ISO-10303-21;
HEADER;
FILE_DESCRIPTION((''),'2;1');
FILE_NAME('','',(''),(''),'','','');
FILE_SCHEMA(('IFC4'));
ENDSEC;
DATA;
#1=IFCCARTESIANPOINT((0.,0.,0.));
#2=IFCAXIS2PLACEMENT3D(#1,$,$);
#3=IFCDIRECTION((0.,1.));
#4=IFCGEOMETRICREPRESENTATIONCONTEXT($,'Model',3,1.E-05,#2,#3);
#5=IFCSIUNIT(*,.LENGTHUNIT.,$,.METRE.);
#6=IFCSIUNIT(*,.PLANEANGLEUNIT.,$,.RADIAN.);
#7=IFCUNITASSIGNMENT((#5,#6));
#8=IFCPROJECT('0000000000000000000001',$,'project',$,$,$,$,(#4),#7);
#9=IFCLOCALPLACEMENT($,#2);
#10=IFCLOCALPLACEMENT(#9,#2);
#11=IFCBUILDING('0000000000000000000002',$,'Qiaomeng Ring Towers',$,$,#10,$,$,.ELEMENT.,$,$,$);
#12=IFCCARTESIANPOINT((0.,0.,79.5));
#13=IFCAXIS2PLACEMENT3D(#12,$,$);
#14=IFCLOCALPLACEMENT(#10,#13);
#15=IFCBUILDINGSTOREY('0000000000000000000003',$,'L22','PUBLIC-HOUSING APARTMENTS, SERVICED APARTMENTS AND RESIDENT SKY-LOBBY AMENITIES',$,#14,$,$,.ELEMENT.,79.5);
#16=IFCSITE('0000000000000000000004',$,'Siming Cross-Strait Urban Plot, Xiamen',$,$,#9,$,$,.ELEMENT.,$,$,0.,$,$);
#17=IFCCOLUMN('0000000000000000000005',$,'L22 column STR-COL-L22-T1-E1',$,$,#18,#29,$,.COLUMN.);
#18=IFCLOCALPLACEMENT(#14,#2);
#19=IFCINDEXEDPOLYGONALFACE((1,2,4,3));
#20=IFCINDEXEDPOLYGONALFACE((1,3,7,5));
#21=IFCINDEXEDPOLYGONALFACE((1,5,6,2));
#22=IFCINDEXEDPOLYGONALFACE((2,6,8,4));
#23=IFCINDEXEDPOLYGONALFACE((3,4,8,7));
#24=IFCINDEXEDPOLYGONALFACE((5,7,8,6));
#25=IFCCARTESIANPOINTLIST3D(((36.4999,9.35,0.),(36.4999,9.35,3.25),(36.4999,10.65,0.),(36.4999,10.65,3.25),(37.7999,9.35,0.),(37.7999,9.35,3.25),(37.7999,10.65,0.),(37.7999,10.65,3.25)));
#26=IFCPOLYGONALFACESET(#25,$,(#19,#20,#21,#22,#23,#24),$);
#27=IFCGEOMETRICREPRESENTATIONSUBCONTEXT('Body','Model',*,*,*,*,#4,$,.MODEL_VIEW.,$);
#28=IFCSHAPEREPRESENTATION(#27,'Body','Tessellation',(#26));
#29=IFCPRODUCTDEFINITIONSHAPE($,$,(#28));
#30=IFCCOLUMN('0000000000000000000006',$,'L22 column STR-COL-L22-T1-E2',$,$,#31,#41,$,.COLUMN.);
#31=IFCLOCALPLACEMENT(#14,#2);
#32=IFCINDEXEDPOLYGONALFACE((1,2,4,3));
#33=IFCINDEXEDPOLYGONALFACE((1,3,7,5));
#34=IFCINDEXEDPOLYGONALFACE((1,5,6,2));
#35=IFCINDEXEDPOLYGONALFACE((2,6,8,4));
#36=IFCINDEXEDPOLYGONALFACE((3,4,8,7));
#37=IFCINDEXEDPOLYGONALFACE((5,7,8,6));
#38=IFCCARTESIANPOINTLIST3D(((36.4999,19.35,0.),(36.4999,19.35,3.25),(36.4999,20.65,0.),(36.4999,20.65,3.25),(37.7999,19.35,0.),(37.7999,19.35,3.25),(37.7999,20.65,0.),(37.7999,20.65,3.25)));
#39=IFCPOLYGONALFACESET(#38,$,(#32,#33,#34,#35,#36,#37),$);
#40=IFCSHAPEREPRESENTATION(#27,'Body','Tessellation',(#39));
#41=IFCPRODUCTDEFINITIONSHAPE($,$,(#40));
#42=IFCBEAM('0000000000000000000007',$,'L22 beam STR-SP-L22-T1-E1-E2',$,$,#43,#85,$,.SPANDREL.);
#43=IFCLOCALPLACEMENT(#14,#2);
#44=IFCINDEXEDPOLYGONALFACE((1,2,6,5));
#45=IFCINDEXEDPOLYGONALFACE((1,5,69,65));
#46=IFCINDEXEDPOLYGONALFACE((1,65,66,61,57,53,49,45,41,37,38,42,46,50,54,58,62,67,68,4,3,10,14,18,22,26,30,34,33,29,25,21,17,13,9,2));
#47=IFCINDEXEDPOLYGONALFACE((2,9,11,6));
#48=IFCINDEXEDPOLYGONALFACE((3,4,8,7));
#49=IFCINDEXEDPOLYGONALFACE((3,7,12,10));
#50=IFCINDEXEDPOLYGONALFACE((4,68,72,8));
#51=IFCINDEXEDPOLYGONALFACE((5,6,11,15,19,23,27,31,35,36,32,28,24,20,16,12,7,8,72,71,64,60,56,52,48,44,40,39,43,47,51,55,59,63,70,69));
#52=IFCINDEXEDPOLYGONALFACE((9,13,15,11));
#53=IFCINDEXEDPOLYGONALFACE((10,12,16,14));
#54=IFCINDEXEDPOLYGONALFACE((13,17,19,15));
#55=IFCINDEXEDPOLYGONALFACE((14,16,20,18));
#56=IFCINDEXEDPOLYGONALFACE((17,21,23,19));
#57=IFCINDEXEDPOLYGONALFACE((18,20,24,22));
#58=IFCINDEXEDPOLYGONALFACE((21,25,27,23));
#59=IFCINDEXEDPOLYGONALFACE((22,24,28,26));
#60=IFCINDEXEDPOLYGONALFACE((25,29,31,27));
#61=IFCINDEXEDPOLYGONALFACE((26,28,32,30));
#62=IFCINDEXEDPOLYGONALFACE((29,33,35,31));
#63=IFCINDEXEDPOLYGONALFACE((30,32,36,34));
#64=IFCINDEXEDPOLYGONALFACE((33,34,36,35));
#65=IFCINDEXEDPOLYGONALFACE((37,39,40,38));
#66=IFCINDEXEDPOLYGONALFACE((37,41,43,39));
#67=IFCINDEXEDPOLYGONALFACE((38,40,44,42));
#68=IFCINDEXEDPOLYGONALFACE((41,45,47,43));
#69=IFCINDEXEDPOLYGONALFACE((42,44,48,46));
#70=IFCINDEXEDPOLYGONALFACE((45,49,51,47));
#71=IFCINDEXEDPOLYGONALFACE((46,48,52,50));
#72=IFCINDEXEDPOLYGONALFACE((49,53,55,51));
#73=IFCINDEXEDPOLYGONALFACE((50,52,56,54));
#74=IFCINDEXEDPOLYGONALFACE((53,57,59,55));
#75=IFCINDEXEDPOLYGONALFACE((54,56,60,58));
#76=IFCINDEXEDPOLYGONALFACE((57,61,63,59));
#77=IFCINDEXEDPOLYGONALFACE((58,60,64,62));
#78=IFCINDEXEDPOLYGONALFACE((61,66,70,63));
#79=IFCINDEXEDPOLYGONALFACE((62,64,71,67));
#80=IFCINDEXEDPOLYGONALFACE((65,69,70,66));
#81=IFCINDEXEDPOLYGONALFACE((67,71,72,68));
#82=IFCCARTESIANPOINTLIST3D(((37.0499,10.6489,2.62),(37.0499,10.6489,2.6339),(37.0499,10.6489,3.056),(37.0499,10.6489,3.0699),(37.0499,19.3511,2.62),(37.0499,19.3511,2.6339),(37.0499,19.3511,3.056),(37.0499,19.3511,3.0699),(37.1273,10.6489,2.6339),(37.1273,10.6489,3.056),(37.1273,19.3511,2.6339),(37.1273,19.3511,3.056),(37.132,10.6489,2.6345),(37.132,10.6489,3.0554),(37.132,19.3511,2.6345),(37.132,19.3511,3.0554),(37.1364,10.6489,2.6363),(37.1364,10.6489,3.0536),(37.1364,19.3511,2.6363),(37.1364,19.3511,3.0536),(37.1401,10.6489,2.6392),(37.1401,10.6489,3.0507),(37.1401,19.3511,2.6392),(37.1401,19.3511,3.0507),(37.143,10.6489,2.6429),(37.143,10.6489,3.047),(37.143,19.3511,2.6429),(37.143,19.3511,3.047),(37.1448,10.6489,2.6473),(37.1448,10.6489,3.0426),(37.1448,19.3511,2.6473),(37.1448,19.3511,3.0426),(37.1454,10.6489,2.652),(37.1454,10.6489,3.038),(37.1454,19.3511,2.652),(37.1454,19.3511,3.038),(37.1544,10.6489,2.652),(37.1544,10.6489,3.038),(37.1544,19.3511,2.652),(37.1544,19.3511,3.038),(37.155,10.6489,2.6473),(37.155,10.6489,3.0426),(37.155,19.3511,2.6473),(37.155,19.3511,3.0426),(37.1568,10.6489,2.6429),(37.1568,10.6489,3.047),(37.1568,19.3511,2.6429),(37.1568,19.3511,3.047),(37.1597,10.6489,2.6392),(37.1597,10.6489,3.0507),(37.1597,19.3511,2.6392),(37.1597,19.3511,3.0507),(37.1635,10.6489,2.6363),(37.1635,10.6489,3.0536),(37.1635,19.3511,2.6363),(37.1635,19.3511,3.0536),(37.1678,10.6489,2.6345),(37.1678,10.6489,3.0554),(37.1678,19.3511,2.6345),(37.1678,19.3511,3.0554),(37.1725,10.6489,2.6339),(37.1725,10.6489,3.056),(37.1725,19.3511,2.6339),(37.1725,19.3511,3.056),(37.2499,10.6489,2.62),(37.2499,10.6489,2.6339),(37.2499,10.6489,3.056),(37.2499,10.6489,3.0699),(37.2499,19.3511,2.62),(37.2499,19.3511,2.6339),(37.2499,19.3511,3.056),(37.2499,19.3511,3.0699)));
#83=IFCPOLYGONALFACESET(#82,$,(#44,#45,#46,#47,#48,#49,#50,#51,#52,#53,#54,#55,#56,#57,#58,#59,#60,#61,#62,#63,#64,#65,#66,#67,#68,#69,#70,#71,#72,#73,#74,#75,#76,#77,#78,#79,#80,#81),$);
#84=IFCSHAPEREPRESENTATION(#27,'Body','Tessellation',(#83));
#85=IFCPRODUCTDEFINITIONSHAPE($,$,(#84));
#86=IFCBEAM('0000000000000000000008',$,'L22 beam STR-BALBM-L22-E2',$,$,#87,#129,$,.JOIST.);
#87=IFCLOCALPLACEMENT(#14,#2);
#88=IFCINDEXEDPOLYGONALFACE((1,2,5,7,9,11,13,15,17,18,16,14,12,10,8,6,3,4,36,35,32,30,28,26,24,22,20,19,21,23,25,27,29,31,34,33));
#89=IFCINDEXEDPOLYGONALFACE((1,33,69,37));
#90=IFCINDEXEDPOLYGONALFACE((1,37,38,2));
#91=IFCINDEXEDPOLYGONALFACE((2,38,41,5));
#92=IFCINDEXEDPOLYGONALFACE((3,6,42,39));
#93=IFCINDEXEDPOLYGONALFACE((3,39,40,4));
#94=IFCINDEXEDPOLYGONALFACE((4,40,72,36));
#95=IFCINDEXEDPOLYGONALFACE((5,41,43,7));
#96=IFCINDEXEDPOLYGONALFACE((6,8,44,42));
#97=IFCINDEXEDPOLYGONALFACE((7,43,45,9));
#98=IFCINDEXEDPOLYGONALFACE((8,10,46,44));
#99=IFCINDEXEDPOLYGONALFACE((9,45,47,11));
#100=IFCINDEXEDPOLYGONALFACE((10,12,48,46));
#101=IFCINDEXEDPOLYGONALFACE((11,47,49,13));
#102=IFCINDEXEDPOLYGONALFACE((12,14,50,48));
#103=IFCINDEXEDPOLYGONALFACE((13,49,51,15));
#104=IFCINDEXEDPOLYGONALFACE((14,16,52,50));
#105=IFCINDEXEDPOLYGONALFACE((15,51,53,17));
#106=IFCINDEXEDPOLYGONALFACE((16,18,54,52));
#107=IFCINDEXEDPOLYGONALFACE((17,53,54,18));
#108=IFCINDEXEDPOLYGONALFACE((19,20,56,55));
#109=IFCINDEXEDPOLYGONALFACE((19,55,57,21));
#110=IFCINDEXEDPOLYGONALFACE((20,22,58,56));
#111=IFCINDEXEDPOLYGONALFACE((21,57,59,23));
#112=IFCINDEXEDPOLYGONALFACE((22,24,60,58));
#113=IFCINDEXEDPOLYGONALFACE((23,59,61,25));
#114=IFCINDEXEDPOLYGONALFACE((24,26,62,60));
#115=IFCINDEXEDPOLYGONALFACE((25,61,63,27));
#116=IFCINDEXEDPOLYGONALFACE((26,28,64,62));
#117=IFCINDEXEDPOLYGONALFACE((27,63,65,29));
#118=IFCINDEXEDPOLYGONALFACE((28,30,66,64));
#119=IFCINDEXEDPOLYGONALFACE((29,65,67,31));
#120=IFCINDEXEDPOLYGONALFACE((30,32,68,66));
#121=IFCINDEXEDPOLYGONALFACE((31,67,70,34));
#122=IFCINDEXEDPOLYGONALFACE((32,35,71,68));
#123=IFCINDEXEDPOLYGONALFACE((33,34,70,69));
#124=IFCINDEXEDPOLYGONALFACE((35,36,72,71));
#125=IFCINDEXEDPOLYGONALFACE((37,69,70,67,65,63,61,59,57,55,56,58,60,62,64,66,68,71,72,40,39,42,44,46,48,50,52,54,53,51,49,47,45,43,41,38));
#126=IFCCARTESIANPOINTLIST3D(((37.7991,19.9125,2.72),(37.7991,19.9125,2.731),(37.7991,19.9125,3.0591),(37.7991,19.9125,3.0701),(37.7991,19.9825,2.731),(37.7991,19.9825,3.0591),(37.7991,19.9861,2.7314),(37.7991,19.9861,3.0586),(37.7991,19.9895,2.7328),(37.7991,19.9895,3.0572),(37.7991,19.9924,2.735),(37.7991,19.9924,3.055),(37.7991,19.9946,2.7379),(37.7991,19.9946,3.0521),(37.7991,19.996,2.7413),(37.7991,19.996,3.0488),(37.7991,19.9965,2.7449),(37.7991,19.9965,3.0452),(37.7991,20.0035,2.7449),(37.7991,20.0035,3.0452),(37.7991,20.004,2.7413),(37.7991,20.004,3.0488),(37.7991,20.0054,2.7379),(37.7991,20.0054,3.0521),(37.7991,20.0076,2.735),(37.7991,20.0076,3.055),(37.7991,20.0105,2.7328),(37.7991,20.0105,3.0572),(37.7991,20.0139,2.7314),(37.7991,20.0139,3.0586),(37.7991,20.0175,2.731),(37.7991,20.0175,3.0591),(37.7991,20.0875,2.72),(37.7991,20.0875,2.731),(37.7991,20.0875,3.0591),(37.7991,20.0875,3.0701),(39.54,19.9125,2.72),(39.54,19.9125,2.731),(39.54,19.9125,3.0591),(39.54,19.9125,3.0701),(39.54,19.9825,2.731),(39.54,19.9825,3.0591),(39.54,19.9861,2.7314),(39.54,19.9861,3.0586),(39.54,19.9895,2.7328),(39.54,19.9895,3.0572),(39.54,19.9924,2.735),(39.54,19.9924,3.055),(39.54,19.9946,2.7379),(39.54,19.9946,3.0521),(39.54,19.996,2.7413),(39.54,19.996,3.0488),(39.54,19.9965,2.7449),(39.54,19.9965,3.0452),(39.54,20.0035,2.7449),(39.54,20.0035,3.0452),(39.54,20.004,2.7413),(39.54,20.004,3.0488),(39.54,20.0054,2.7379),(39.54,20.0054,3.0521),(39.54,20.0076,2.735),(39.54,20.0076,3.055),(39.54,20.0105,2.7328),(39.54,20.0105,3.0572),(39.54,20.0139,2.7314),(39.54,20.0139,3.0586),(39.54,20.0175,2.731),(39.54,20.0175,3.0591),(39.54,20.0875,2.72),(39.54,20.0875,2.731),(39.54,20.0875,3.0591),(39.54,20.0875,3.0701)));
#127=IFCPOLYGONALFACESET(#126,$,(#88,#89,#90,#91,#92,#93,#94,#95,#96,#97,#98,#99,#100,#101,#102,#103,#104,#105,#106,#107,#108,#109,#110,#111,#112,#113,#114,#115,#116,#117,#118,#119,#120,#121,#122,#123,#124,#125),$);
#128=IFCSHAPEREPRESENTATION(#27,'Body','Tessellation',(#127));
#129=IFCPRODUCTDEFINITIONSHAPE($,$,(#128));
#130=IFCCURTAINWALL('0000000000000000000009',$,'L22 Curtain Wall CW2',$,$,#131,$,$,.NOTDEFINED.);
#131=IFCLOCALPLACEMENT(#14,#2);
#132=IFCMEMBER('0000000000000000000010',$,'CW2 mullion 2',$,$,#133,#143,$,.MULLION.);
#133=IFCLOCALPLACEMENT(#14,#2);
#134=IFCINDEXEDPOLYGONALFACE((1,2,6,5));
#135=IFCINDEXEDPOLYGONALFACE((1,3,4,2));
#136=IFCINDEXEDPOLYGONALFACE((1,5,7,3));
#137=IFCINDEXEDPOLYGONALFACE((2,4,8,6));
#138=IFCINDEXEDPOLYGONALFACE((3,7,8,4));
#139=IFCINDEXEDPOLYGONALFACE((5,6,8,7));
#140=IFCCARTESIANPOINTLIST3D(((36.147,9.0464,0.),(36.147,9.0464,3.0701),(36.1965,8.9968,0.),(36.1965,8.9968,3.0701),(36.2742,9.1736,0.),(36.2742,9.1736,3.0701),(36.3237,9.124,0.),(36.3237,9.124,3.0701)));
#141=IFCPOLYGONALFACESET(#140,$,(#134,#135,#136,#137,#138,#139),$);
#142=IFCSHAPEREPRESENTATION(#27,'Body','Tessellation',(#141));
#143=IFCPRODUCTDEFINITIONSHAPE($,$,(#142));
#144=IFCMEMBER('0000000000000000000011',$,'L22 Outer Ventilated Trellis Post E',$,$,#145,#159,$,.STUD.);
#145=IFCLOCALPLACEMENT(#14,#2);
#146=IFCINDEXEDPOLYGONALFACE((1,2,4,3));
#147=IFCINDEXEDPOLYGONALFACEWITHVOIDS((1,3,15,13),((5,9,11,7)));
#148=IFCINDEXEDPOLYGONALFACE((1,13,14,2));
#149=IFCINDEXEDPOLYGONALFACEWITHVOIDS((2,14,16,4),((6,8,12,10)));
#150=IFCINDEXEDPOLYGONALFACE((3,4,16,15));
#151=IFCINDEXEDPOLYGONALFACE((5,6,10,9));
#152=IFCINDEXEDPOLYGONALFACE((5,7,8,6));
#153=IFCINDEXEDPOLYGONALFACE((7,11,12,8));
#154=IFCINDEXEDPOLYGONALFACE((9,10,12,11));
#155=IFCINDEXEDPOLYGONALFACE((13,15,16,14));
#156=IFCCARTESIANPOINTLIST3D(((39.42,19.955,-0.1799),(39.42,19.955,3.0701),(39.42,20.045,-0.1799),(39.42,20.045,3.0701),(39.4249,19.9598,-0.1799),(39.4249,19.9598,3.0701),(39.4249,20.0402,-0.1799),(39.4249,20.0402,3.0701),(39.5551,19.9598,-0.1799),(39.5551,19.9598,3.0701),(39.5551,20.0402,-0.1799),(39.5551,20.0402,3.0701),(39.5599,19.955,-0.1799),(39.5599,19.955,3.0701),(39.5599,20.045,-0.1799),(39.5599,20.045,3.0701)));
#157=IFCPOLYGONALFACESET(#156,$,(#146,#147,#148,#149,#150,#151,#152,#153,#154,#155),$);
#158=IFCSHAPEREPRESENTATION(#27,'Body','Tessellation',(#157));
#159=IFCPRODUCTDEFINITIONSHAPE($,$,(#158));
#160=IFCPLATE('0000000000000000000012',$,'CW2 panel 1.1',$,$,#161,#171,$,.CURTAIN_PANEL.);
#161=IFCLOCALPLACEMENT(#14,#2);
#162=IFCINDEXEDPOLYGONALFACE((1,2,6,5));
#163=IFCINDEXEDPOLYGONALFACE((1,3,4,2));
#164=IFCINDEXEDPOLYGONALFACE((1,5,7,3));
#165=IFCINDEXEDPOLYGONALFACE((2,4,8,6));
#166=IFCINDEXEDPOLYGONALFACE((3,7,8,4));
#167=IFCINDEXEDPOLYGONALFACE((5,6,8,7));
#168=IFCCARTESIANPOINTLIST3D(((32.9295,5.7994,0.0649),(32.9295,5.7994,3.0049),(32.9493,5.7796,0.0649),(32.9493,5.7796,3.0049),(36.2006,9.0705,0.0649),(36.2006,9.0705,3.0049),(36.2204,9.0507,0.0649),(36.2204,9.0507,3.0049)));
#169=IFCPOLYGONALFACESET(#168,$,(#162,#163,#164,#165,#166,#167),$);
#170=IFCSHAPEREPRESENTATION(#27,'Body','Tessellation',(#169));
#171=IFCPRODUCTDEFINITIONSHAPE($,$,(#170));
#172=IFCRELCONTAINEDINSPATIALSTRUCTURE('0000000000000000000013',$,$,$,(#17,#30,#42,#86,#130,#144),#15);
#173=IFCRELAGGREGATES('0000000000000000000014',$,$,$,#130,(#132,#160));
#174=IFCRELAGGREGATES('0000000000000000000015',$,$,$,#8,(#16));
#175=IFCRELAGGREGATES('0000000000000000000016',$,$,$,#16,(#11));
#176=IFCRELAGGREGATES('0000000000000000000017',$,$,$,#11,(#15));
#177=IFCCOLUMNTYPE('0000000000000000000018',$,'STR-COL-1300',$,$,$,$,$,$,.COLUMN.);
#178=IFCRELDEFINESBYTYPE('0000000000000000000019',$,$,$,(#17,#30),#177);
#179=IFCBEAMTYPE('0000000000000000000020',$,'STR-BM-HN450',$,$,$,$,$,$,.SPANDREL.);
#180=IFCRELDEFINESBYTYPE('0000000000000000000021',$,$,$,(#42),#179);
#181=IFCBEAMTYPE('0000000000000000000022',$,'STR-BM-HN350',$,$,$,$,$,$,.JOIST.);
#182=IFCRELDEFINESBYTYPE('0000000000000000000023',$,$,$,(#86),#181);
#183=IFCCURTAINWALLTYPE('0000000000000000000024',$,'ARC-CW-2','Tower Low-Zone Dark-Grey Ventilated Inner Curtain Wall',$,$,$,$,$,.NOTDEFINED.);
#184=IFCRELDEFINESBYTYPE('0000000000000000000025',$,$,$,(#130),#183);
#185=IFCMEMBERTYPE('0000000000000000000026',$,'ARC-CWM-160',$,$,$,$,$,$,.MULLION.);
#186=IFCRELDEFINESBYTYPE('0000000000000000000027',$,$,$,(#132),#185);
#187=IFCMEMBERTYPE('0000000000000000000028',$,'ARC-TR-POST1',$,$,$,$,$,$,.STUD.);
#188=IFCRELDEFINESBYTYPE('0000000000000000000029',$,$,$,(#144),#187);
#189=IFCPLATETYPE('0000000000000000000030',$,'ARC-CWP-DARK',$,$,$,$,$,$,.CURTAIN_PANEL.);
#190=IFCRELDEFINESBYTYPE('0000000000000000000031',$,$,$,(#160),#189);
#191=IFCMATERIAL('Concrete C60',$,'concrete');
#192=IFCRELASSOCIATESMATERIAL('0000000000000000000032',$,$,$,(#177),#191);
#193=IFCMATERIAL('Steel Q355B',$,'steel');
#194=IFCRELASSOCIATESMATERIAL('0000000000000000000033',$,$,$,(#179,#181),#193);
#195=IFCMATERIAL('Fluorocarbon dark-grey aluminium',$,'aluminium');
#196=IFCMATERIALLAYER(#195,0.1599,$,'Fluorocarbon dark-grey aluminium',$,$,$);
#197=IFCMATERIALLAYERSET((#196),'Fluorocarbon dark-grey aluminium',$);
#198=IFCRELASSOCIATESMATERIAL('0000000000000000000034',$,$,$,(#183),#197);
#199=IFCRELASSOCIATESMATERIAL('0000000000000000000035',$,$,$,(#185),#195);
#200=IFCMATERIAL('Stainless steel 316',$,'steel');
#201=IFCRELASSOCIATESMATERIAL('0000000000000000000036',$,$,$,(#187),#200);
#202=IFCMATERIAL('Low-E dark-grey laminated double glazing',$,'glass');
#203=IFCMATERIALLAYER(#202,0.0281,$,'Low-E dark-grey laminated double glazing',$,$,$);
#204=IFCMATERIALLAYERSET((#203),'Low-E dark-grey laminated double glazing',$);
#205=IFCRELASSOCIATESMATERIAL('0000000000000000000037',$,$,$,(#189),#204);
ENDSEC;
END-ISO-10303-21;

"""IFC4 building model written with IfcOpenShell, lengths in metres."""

from ifc_helpers import new_model, si_unit, direction, frame, origin, origin_2d, place, context, subcontext, project, spatial, rectangle, hollow_rectangle, i_section, extrude, source, transform, mapped, material, layer, layer_set, material_profile, profile_set, type_object, element, aggregate, save


model = new_model("IFC4")

# Units and contexts
model_context = context("Model", 3, precision=1e-05, world=origin(), true_north=direction((0.0, 1.0)))
body_context = subcontext(model_context, "Body", "Model", "MODEL_VIEW")
ifc_project = project(units=[si_unit("LENGTHUNIT", "METRE"), si_unit("PLANEANGLEUNIT", "RADIAN")], contexts=[model_context])

# Site, building, storey
site_placement = place(None, origin())
site = spatial("IfcSite", under=ifc_project, at=site_placement, Name="Siming Cross-Strait Urban Plot, Xiamen", CompositionType="ELEMENT", RefElevation=0.0)
building_placement = place(site_placement, origin())
building = spatial("IfcBuilding", under=site, at=building_placement, Name="Qiaomeng Ring Towers", CompositionType="ELEMENT")
storey_placement = place(building_placement, frame((0.0, 0.0, 79.5)))
storey = spatial("IfcBuildingStorey", under=building, at=storey_placement, Name="L22", Description="PUBLIC-HOUSING APARTMENTS, SERVICED APARTMENTS AND RESIDENT SKY-LOBBY AMENITIES", CompositionType="ELEMENT", Elevation=79.5)

# Columns
ifc_material_1 = material(Name="Concrete C60", Category="concrete")
ifc_material_profile_1 = material_profile(ifc_material_1, rectangle(XDim=1.3, YDim=1.3, at=origin_2d()), Name="RC COL 1300x1300")
ifc_profile_set_1 = profile_set([ifc_material_profile_1], Name="Concrete C60")
column_type = type_object("IfcColumnType", Name="STR-COL-1300", PredefinedType="COLUMN", material=ifc_profile_set_1)
shared_shape_1 = source(origin(), body_context, "Body", "SweptSolid", [
    extrude(rectangle(XDim=1.3, YDim=1.3, at=origin_2d()), origin(), (0.0, 0.0, 1.0), 3.25),
])
for number, where, z_axis, x_axis, name in (
    (1, (37.1499, 10.0, 0.0), (0.0, 0.0, 1.0), (1.0, 0.0, 0.0), "L22 column STR-COL-L22-T1-E1"),
    (2, (37.1499, 20.0, 0.0), (0.0, 0.0, 1.0), (1.0, 0.0, 0.0), "L22 column STR-COL-L22-T1-E2"),
):
    element("IfcColumn", number, at=place(storey_placement, frame(where, z_axis=z_axis, x_axis=x_axis)), inside=storey, type_object=column_type, Name=name, PredefinedType="COLUMN", context=body_context, shape_type="MappedRepresentation", body=[
        mapped(shared_shape_1, transform((0.0, 0.0, 0.0), x_axis=(1.0, 0.0, 0.0), y_axis=(0.0, 1.0, 0.0), z_axis=(0.0, 0.0, 1.0), scale=1.0)),
    ])

# Beams
ifc_material_2 = material(Name="Steel Q355B", Category="steel")
ifc_material_profile_2 = material_profile(ifc_material_2, i_section(OverallWidth=0.2, OverallDepth=0.45, WebThickness=0.009, FlangeThickness=0.0139, FilletRadius=0.0181, at=origin_2d()), Name="HN 450x200x9x14")
ifc_profile_set_2 = profile_set([ifc_material_profile_2], Name="Steel Q355B")
beam_type_1 = type_object("IfcBeamType", Name="STR-BM-HN450", PredefinedType="SPANDREL", material=ifc_profile_set_2)
shared_shape_2 = source(origin(), body_context, "Body", "SweptSolid", [
    extrude(i_section(OverallWidth=0.2, OverallDepth=0.45, WebThickness=0.009, FlangeThickness=0.0139, FilletRadius=0.0181, at=origin_2d()), origin(), (0.0, 0.0, 1.0), 8.7021),
])
beam_1_placement = place(storey_placement, frame((37.1499, 10.6489, 2.845), z_axis=(0.0, 1.0, 0.0), x_axis=(-1.0, 0.0, 0.0)))
element("IfcBeam", 3, at=beam_1_placement, inside=storey, type_object=beam_type_1, Name="L22 beam STR-SP-L22-T1-E1-E2", PredefinedType="SPANDREL", context=body_context, shape_type="MappedRepresentation", body=[
    mapped(shared_shape_2, transform((0.0, 0.0, 0.0), x_axis=(1.0, 0.0, 0.0), y_axis=(0.0, 1.0, 0.0), z_axis=(0.0, 0.0, 1.0), scale=1.0)),
])
ifc_material_profile_3 = material_profile(ifc_material_2, i_section(OverallWidth=0.175, OverallDepth=0.3501, WebThickness=0.0071, FlangeThickness=0.011, FilletRadius=0.0139, at=origin_2d()), Name="HN 350x175x7x11")
ifc_profile_set_3 = profile_set([ifc_material_profile_3], Name="Steel Q355B")
beam_type_2 = type_object("IfcBeamType", Name="STR-BM-HN350", PredefinedType="JOIST", material=ifc_profile_set_3)
shared_shape_3 = source(origin(), body_context, "Body", "SweptSolid", [
    extrude(i_section(OverallWidth=0.175, OverallDepth=0.3501, WebThickness=0.0071, FlangeThickness=0.011, FilletRadius=0.0139, at=origin_2d()), origin(), (0.0, 0.0, 1.0), 1.741),
])
beam_2_placement = place(storey_placement, frame((37.7991, 20.0, 2.895), z_axis=(1.0, 0.0, 0.0), x_axis=(0.0, 1.0, 0.0)))
element("IfcBeam", 4, at=beam_2_placement, inside=storey, type_object=beam_type_2, Name="L22 beam STR-BALBM-L22-E2", PredefinedType="JOIST", context=body_context, shape_type="MappedRepresentation", body=[
    mapped(shared_shape_3, transform((0.0, 0.0, 0.0), x_axis=(1.0, 0.0, 0.0), y_axis=(0.0, 1.0, 0.0), z_axis=(0.0, 0.0, 1.0), scale=1.0)),
])

# Curtain wall, member
ifc_material_3 = material(Name="Fluorocarbon dark-grey aluminium", Category="aluminium")
ifc_layer_1 = layer(ifc_material_3, 0.1599, Name="Fluorocarbon dark-grey aluminium")
ifc_layer_set_1 = layer_set([ifc_layer_1], Name="Fluorocarbon dark-grey aluminium")
curtain_wall_type = type_object("IfcCurtainWallType", Name="ARC-CW-2", Description="Tower Low-Zone Dark-Grey Ventilated Inner Curtain Wall", PredefinedType="NOTDEFINED", material=ifc_layer_set_1)
curtain_wall_placement = place(storey_placement, origin())
curtain_wall = element("IfcCurtainWall", 5, at=curtain_wall_placement, inside=storey, type_object=curtain_wall_type, Name="L22 Curtain Wall CW2", PredefinedType="NOTDEFINED")
ifc_material_profile_4 = material_profile(ifc_material_3, rectangle(XDim=0.0701, YDim=0.1799, at=origin_2d()), Name="ALU MULL 70x180")
ifc_profile_set_4 = profile_set([ifc_material_profile_4], Name="Fluorocarbon dark-grey aluminium")
member_type_1 = type_object("IfcMemberType", Name="ARC-CWM-160", PredefinedType="MULLION", material=ifc_profile_set_4)
shared_shape_4 = source(origin(), body_context, "Body", "SweptSolid", [
    extrude(rectangle(XDim=0.0701, YDim=0.1799, at=origin_2d()), origin(), (0.0, 0.0, 1.0), 3.0701),
])
member_1_placement = place(storey_placement, frame((36.2354, 9.0852, 0.0), z_axis=(0.0, 0.0, 1.0), x_axis=(-0.707107, 0.707107, 0.0)))
member_1 = element("IfcMember", 6, at=member_1_placement, type_object=member_type_1, Name="CW2 mullion 2", PredefinedType="MULLION", context=body_context, shape_type="MappedRepresentation", body=[
    mapped(shared_shape_4, transform((0.0, 0.0, 0.0), x_axis=(1.0, 0.0, 0.0), y_axis=(0.0, 1.0, 0.0), z_axis=(0.0, 0.0, 1.0), scale=1.0)),
])

# Member
ifc_material_4 = material(Name="Stainless steel 316", Category="steel")
ifc_material_profile_5 = material_profile(ifc_material_4, hollow_rectangle(XDim=0.0901, YDim=0.1399, WallThickness=0.0049, at=origin_2d()), Name="SS TRELLIS 90x140")
ifc_profile_set_5 = profile_set([ifc_material_profile_5], Name="Stainless steel 316")
member_type_2 = type_object("IfcMemberType", Name="ARC-TR-POST1", PredefinedType="STUD", material=ifc_profile_set_5)
shared_shape_5 = source(origin(), body_context, "Body", "SweptSolid", [
    extrude(hollow_rectangle(XDim=0.0901, YDim=0.1399, WallThickness=0.0049, at=origin_2d()), origin(), (0.0, 0.0, 1.0), 3.25),
])
member_2_placement = place(storey_placement, frame((39.49, 20.0, -0.1799), z_axis=(0.0, 0.0, 1.0), x_axis=(0.0, 1.0, 0.0)))
element("IfcMember", 7, at=member_2_placement, inside=storey, type_object=member_type_2, Name="L22 Outer Ventilated Trellis Post E", PredefinedType="STUD", context=body_context, shape_type="MappedRepresentation", body=[
    mapped(shared_shape_5, transform((0.0, 0.0, 0.0), x_axis=(1.0, 0.0, 0.0), y_axis=(0.0, 1.0, 0.0), z_axis=(0.0, 0.0, 1.0), scale=1.0)),
])

# Plate
ifc_material_5 = material(Name="Low-E dark-grey laminated double glazing", Category="glass")
ifc_layer_2 = layer(ifc_material_5, 0.0281, Name="Low-E dark-grey laminated double glazing")
ifc_layer_set_2 = layer_set([ifc_layer_2], Name="Low-E dark-grey laminated double glazing")
plate_type = type_object("IfcPlateType", Name="ARC-CWP-DARK", PredefinedType="CURTAIN_PANEL", material=ifc_layer_set_2)
shared_shape_6 = source(origin(), body_context, "Body", "SweptSolid", [
    extrude(rectangle(XDim=4.626, YDim=0.0281, at=origin_2d()), origin(), (0.0, 0.0, 1.0), 2.9399),
])
plate_placement = place(storey_placement, frame((34.575, 7.425, 0.0649), z_axis=(0.0, 0.0, 1.0), x_axis=(0.707107, 0.707107, 0.0)))
plate = element("IfcPlate", 8, at=plate_placement, type_object=plate_type, Name="CW2 panel 1.1", PredefinedType="CURTAIN_PANEL", context=body_context, shape_type="MappedRepresentation", body=[
    mapped(shared_shape_6, transform((0.0, 0.0, 0.0), x_axis=(1.0, 0.0, 0.0), y_axis=(0.0, 1.0, 0.0), z_axis=(0.0, 0.0, 1.0), scale=1.0)),
])
aggregate(curtain_wall, [member_1, plate])

save(model, "model.ifc")
